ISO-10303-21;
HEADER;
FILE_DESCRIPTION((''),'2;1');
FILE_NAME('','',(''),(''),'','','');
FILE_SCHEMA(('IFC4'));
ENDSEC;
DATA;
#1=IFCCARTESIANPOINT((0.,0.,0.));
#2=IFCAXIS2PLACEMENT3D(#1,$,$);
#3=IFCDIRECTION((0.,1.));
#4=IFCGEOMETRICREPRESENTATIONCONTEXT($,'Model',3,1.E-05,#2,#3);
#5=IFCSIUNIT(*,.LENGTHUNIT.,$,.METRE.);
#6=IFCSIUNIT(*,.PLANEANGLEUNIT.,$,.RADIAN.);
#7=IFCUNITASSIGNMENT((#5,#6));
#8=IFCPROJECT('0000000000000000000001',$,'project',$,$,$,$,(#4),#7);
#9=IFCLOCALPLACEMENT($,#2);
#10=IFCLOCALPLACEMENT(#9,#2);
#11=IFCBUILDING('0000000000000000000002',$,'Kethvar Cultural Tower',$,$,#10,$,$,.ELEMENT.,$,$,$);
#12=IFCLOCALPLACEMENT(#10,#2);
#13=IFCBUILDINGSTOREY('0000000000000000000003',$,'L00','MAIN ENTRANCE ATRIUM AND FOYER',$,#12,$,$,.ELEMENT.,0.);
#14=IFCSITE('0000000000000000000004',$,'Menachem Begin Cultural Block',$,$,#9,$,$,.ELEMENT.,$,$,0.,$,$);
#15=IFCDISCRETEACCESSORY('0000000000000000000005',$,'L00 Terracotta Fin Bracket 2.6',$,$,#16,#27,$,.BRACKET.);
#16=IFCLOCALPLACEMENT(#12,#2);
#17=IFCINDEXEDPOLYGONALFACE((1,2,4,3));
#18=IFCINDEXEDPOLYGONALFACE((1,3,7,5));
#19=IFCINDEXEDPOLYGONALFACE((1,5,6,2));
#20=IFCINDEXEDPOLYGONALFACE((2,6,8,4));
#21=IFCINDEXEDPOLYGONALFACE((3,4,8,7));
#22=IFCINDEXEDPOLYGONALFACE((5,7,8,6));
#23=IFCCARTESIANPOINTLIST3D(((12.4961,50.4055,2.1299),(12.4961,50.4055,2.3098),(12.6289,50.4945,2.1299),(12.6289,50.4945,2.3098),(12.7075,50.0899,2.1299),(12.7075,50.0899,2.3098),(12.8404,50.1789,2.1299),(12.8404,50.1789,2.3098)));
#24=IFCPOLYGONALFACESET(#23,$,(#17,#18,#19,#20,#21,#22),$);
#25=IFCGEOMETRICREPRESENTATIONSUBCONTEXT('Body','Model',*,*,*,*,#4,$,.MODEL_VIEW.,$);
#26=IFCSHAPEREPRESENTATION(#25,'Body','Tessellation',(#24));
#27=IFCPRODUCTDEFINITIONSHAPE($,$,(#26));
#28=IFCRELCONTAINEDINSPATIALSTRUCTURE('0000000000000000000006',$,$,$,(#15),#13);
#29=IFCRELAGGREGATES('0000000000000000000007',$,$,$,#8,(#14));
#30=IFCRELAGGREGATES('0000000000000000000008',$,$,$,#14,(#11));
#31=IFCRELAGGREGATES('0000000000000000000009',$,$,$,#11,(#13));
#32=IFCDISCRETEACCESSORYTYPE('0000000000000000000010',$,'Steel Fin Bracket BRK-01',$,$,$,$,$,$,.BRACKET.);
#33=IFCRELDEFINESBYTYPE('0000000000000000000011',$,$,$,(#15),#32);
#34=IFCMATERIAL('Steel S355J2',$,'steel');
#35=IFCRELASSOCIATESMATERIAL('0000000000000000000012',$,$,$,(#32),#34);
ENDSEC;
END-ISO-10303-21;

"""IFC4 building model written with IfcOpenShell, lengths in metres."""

from ifc_helpers import new_model, si_unit, direction, frame, origin, origin_2d, place, context, subcontext, project, spatial, rectangle, extrude, source, transform, mapped, material, type_object, element, save


model = new_model("IFC4")

# Units and contexts
model_context = context("Model", 3, precision=1e-05, world=origin(), true_north=direction((0.0, 1.0)))
body_context = subcontext(model_context, "Body", "Model", "MODEL_VIEW")
ifc_project = project(units=[si_unit("LENGTHUNIT", "METRE"), si_unit("PLANEANGLEUNIT", "RADIAN")], contexts=[model_context])

# Site, building, storey
site_placement = place(None, origin())
site = spatial("IfcSite", under=ifc_project, at=site_placement, Name="Menachem Begin Cultural Block", CompositionType="ELEMENT", RefElevation=0.0)
building_placement = place(site_placement, origin())
building = spatial("IfcBuilding", under=site, at=building_placement, Name="Kethvar Cultural Tower", CompositionType="ELEMENT")
storey_placement = place(building_placement, origin())
storey = spatial("IfcBuildingStorey", under=building, at=storey_placement, Name="L00", Description="MAIN ENTRANCE ATRIUM AND FOYER", CompositionType="ELEMENT", Elevation=0.0)

# Shared definitions
ifc_material_1 = material(Name="Steel S355J2", Category="steel")

# Discrete accessory
discrete_accessory_type = type_object("IfcDiscreteAccessoryType", Name="Steel Fin Bracket BRK-01", PredefinedType="BRACKET", material=ifc_material_1)
shared_shape_1 = source(origin(), body_context, "Body", "SweptSolid", [
    extrude(rectangle(XDim=0.3799, YDim=0.1599, at=origin_2d()), origin(), (0.0, 0.0, 1.0), 0.1799),
])
for number, where, z_axis, x_axis, name in (
    (1, (12.6682, 50.2922, 2.1299), (0.0, 0.0, 1.0), (-0.556586, 0.83079, 0.0), "L00 Terracotta Fin Bracket 2.6"),
):
    element("IfcDiscreteAccessory", number, at=place(storey_placement, frame(where, z_axis=z_axis, x_axis=x_axis)), inside=storey, type_object=discrete_accessory_type, Name=name, PredefinedType="BRACKET", context=body_context, shape_type="MappedRepresentation", body=[
        mapped(shared_shape_1, transform((0.0, 0.0, 0.0), scale=1.0)),
    ])

save(model, "model.ifc")
